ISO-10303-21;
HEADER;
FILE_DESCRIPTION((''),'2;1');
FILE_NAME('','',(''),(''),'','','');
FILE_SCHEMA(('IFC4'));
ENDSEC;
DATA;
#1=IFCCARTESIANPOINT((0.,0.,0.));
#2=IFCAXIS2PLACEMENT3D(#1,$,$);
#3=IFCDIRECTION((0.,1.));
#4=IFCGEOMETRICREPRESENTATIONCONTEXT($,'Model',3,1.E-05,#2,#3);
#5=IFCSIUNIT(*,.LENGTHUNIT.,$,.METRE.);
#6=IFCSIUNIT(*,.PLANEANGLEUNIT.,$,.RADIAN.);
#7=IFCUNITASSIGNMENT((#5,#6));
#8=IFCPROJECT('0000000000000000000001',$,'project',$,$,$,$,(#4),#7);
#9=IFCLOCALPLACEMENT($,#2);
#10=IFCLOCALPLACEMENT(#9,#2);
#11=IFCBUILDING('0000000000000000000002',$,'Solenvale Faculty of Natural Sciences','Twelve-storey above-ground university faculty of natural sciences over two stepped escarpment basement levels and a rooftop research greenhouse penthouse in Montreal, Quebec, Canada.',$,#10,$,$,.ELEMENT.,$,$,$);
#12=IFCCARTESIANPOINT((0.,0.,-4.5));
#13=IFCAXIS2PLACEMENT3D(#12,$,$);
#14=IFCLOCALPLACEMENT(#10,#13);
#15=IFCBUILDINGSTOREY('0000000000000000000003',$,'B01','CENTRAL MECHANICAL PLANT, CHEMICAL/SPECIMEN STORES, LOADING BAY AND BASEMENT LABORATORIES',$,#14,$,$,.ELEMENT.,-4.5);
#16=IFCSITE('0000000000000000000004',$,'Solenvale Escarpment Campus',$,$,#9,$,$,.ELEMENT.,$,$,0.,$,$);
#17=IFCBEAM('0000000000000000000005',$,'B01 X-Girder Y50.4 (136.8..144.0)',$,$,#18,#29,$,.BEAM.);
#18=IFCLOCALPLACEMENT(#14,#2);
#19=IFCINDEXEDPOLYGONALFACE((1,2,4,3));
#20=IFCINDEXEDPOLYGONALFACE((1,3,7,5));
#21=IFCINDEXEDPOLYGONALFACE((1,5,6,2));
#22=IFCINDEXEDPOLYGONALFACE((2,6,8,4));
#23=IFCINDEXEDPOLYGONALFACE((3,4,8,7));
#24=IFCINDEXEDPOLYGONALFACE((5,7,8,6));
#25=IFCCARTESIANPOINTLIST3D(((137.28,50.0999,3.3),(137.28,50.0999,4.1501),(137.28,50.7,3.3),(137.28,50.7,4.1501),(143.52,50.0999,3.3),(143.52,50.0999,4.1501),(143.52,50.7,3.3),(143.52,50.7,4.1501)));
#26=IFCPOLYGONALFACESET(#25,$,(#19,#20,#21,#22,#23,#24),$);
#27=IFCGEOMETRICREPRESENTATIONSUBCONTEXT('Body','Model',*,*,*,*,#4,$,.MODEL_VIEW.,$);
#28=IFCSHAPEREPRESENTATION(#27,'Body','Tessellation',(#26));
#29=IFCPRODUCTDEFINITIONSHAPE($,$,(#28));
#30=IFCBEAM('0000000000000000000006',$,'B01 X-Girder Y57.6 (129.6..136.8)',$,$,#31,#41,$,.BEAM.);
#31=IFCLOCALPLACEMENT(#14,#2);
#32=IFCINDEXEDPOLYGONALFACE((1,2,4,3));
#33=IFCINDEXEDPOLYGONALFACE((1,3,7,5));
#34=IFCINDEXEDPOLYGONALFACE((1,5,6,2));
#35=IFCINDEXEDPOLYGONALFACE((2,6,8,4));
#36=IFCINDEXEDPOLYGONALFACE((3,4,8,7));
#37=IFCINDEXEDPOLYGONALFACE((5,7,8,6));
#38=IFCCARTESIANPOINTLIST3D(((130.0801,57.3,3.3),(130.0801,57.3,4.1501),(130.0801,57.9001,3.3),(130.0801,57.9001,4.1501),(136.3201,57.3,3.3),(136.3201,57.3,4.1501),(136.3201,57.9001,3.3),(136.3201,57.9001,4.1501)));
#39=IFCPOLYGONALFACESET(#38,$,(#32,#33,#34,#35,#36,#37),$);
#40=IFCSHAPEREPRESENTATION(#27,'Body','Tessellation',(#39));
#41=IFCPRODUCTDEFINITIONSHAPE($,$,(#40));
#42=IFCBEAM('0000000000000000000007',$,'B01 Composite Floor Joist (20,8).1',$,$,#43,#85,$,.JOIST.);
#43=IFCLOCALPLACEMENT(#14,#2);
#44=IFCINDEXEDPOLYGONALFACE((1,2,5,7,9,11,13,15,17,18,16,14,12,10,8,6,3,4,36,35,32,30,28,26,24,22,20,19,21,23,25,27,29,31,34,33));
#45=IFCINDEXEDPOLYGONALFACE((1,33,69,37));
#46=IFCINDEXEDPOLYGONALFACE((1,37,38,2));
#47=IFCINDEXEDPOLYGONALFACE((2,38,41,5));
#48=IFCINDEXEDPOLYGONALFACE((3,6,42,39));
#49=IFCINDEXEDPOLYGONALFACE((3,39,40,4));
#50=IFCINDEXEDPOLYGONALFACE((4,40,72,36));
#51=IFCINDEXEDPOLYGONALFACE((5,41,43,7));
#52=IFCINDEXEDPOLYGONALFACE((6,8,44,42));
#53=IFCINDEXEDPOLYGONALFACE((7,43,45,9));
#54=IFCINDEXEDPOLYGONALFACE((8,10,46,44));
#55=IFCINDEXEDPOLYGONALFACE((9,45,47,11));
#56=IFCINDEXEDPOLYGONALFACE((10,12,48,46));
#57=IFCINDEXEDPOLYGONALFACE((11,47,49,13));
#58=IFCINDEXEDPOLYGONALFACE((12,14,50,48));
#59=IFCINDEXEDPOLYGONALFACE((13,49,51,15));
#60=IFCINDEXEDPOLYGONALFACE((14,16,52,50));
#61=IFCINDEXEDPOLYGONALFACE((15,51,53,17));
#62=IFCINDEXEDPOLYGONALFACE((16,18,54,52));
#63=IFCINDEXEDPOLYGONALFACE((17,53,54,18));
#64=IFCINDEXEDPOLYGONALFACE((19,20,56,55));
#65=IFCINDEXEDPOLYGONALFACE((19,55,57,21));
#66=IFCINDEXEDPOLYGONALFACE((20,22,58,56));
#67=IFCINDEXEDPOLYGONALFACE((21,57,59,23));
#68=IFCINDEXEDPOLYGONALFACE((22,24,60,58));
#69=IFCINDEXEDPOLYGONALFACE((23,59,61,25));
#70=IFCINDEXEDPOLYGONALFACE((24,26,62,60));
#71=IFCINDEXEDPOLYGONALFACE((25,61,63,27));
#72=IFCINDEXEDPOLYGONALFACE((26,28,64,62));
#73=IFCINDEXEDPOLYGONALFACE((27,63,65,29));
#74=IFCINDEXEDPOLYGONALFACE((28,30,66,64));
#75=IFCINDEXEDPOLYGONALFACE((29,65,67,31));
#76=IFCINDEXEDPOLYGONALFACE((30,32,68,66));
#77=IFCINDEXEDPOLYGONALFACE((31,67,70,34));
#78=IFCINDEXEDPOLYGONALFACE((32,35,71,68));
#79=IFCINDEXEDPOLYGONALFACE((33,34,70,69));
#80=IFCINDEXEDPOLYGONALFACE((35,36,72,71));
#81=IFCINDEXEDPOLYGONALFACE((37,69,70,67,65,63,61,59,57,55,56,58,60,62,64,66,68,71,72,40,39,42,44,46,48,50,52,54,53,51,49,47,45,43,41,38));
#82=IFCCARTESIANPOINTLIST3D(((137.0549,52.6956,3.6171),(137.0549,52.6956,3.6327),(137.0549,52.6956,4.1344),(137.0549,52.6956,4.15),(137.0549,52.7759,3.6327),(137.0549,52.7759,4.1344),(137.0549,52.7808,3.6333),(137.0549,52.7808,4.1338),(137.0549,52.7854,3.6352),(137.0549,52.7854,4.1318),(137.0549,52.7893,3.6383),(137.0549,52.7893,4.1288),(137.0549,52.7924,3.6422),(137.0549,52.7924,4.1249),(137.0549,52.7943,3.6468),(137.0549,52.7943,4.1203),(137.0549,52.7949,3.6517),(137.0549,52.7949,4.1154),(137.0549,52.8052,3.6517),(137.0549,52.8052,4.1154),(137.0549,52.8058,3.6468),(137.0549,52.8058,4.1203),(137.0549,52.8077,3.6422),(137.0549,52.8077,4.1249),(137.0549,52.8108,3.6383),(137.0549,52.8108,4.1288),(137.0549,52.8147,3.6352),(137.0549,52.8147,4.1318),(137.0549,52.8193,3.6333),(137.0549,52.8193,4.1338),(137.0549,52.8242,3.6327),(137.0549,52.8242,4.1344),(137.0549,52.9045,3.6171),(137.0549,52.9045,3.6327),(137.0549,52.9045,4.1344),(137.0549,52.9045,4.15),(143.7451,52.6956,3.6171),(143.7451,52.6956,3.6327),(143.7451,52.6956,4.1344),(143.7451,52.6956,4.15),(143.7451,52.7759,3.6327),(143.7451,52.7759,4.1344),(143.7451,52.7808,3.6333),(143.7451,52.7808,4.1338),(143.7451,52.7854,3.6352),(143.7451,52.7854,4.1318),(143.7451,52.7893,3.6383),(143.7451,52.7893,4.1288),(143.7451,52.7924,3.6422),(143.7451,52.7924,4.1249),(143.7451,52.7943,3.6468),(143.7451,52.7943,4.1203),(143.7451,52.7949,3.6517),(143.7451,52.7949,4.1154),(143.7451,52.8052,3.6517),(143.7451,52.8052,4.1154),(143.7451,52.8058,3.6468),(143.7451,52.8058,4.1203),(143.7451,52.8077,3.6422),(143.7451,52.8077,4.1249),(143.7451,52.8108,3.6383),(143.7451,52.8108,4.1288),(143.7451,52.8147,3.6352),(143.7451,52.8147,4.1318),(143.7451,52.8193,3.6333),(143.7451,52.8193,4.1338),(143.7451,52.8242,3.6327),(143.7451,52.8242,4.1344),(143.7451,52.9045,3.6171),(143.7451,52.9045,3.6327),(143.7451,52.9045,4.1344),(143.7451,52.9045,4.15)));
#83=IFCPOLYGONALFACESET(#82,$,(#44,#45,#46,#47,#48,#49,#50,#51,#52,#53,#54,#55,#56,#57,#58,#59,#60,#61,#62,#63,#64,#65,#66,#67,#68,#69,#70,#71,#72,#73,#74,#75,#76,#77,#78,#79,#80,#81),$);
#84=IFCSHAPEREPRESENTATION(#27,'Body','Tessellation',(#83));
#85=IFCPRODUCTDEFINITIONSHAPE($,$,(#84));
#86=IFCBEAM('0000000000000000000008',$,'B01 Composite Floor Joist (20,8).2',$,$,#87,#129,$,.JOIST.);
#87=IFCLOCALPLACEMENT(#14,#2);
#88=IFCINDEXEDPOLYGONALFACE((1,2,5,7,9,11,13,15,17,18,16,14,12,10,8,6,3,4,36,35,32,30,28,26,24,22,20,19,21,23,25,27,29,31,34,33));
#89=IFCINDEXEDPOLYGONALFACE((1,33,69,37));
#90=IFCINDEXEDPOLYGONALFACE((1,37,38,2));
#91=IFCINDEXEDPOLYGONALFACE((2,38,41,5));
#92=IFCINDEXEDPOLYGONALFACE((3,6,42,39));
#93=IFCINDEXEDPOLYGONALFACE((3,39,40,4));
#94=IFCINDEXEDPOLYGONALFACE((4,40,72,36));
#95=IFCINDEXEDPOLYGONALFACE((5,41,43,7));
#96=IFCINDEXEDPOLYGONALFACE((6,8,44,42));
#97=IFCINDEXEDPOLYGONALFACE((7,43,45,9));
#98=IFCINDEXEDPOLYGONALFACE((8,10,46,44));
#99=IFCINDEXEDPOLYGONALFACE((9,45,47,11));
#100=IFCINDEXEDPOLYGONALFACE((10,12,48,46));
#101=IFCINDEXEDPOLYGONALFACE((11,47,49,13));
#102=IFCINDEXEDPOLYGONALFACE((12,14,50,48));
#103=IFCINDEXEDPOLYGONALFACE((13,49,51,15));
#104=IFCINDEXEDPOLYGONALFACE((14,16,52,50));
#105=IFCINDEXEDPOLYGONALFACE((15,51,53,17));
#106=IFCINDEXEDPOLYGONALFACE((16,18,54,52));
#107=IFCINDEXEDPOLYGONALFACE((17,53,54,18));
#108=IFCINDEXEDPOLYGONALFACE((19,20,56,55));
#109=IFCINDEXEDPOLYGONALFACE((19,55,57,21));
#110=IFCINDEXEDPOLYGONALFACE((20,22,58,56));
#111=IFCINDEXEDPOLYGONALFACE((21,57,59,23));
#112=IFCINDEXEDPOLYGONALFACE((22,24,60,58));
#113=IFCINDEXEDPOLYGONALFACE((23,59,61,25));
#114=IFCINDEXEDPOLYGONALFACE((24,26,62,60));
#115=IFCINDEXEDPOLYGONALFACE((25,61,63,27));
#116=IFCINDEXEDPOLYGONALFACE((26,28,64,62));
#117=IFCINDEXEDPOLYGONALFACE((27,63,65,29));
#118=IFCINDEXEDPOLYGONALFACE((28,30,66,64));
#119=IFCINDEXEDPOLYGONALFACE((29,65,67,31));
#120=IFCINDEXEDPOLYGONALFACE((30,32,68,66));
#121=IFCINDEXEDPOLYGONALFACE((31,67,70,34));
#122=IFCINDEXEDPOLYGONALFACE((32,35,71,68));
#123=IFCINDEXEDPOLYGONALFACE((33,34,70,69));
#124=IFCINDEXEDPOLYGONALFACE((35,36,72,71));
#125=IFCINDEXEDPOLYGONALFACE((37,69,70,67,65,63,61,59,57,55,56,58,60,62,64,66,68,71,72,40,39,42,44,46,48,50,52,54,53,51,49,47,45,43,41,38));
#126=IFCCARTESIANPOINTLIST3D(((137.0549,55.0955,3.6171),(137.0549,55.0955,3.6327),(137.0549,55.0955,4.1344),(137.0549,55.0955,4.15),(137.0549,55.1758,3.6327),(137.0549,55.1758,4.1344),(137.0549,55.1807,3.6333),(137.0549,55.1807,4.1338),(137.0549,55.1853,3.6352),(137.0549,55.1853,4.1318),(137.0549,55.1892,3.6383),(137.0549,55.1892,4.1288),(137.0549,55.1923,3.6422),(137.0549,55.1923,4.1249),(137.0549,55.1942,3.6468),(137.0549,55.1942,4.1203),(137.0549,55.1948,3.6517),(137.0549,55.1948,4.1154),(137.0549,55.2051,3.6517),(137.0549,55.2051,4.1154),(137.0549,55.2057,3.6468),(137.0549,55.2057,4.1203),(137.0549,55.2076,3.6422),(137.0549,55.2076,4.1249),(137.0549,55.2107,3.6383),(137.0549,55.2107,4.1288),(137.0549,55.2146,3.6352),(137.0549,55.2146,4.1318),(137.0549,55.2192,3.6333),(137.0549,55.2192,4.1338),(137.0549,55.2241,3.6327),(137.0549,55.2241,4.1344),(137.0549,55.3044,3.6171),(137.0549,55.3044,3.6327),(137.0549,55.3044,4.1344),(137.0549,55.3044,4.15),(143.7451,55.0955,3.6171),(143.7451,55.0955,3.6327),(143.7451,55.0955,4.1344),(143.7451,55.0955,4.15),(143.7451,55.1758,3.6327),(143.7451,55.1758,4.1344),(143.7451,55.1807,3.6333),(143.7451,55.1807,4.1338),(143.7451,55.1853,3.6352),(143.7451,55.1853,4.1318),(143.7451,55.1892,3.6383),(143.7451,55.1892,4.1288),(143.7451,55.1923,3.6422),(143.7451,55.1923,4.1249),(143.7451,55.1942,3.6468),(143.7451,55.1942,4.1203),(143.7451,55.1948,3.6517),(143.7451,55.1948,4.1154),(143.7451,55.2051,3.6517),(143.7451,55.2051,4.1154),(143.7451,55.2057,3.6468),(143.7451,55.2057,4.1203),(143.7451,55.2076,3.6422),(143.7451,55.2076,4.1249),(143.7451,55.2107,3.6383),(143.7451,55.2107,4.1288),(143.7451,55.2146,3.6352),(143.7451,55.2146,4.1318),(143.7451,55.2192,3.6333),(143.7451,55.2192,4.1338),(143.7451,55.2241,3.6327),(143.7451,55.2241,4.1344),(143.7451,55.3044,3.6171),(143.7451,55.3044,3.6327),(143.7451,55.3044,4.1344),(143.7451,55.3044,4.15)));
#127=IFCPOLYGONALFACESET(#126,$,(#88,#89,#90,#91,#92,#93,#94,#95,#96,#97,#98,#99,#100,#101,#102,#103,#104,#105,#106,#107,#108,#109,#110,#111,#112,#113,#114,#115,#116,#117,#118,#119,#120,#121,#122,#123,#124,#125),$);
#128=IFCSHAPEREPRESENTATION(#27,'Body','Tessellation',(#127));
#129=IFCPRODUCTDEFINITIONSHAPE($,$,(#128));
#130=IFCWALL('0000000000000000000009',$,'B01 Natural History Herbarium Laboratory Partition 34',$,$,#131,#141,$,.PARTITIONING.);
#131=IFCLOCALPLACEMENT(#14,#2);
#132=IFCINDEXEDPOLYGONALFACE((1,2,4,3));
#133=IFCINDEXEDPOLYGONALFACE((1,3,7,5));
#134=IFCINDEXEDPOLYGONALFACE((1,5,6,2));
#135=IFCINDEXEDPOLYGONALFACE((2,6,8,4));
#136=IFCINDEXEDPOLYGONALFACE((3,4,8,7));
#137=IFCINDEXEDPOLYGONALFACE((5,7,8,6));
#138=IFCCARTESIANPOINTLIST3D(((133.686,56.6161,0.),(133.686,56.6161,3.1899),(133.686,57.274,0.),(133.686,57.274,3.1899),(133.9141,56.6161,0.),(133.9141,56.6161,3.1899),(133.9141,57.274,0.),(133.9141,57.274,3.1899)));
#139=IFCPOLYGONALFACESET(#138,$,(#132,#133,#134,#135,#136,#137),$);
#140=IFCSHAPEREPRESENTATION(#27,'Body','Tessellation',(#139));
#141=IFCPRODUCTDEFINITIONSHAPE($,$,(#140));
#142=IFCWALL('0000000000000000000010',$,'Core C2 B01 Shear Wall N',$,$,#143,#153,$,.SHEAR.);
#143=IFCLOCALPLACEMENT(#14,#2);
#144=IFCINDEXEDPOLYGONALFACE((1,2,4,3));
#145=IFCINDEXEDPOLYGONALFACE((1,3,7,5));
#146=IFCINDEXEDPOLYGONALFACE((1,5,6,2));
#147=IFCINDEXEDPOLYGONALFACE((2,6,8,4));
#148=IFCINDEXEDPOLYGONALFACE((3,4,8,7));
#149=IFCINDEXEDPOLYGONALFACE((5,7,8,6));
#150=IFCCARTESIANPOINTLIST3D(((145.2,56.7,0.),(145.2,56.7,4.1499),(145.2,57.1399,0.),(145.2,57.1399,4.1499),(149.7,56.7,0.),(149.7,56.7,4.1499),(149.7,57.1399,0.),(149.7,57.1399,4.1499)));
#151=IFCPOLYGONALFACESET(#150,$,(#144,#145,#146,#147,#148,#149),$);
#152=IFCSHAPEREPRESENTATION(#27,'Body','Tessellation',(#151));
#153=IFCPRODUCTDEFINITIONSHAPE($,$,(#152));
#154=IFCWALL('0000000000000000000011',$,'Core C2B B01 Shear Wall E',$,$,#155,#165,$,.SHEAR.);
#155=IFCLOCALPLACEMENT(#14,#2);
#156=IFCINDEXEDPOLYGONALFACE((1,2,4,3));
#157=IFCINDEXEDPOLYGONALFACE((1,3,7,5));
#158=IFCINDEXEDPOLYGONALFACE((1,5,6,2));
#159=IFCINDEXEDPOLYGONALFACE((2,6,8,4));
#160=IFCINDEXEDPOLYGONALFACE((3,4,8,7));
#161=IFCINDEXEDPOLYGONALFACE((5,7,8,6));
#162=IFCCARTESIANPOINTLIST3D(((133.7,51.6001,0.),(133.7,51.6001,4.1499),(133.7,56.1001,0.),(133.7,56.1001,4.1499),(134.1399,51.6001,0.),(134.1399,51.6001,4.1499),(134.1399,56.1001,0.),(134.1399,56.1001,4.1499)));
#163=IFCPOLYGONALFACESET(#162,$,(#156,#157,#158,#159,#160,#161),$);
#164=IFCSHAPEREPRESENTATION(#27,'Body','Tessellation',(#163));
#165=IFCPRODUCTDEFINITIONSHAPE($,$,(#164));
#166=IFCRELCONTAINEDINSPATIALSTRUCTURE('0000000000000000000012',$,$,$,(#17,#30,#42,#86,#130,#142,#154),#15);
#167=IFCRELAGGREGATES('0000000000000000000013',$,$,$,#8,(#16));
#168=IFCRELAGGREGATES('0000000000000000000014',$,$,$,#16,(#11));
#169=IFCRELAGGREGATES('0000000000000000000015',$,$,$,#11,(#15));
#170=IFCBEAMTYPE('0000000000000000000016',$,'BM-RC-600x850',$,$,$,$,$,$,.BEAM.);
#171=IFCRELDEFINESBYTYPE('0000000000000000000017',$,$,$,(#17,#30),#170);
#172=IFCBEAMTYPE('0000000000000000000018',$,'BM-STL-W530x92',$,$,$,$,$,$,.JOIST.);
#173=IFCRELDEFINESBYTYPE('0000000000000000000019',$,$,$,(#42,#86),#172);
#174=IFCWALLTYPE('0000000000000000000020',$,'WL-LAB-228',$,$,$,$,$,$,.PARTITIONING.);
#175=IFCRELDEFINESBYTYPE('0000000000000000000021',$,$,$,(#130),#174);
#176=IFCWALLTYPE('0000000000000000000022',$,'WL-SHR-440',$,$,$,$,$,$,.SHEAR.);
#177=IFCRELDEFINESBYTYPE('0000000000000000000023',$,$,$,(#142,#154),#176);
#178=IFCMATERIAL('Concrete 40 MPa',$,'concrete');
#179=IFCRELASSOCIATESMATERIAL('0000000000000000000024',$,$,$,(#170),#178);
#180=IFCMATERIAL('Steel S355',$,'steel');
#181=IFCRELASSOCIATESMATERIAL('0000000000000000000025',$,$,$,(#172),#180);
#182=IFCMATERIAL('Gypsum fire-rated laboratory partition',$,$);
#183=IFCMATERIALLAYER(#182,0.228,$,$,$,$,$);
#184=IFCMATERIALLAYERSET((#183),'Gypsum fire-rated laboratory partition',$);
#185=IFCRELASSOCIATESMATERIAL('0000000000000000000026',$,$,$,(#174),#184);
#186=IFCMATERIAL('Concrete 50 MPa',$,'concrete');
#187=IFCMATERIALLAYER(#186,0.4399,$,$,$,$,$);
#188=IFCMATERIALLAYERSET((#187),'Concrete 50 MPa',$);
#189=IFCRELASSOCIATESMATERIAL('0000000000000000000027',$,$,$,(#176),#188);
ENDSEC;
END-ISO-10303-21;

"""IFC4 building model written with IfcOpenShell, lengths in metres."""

from ifc_helpers import new_model, si_unit, direction, frame, frame_2d, origin, origin_2d, place, context, subcontext, project, spatial, rectangle, i_section, extrude, material, layer, layer_set, material_profile, profile_set, type_object, element, save


model = new_model("IFC4")

# Units and contexts
model_context = context("Model", 3, precision=1e-05, world=origin(), true_north=direction((0.0, 1.0)))
body_context = subcontext(model_context, "Body", "Model", "MODEL_VIEW")
ifc_project = project(units=[si_unit("LENGTHUNIT", "METRE"), si_unit("PLANEANGLEUNIT", "RADIAN")], contexts=[model_context])

# Site, building, storey
site_placement = place(None, origin())
site = spatial("IfcSite", under=ifc_project, at=site_placement, Name="Solenvale Escarpment Campus", CompositionType="ELEMENT", RefElevation=0.0)
building_placement = place(site_placement, origin())
building = spatial("IfcBuilding", under=site, at=building_placement, Name="Solenvale Faculty of Natural Sciences", Description="Twelve-storey above-ground university faculty of natural sciences over two stepped escarpment basement levels and a rooftop research greenhouse penthouse in Montreal, Quebec, Canada.", CompositionType="ELEMENT")
storey_placement = place(building_placement, frame((0.0, 0.0, -4.5)))
storey = spatial("IfcBuildingStorey", under=building, at=storey_placement, Name="B01", Description="CENTRAL MECHANICAL PLANT, CHEMICAL/SPECIMEN STORES, LOADING BAY AND BASEMENT LABORATORIES", CompositionType="ELEMENT", Elevation=-4.5)

# Shared definitions
ifc_material_1 = material(Name="Concrete 40 MPa", Category="concrete")

# Shared definitions
ifc_material_2 = material(Name="Concrete 50 MPa", Category="concrete")

# Beams
ifc_material_profile_1 = material_profile(ifc_material_1, rectangle(XDim=0.6001, YDim=0.8501, at=origin_2d()), Name="RC-BM-600x850")
ifc_profile_set_1 = profile_set([ifc_material_profile_1], Name="Concrete 40 MPa")
beam_type_1 = type_object("IfcBeamType", Name="BM-RC-600x850", PredefinedType="BEAM", material=ifc_profile_set_1)
for number, where, z_axis, x_axis, name in (
    (1, (137.28, 50.3999, 3.7251), (1.0, 0.0, 0.0), (0.0, 1.0, 0.0), "B01 X-Girder Y50.4 (136.8..144.0)"),
    (2, (130.0801, 57.6001, 3.7251), (1.0, 0.0, 0.0), (0.0, 1.0, 0.0), "B01 X-Girder Y57.6 (129.6..136.8)"),
):
    element("IfcBeam", number, at=place(storey_placement, frame(where, z_axis=z_axis, x_axis=x_axis)), inside=storey, type_object=beam_type_1, Name=name, PredefinedType="BEAM", context=body_context, shape_type="SweptSolid", body=[
        extrude(rectangle(XDim=0.6001, YDim=0.8501, at=origin_2d()), origin(), (0.0, 0.0, 1.0), 6.24),
    ])
ifc_material_3 = material(Name="Steel S355", Category="steel")
ifc_material_profile_2 = material_profile(ifc_material_3, i_section(OverallWidth=0.209, OverallDepth=0.533, WebThickness=0.0103, FlangeThickness=0.0156, FilletRadius=0.019, at=origin_2d()), Name="W530x92")
ifc_profile_set_2 = profile_set([ifc_material_profile_2], Name="Steel S355")
beam_type_2 = type_object("IfcBeamType", Name="BM-STL-W530x92", PredefinedType="JOIST", material=ifc_profile_set_2)
for number, where, z_axis, x_axis, name in (
    (3, (137.0549, 52.8, 3.8835), (1.0, 0.0, 0.0), (0.0, 1.0, 0.0), "B01 Composite Floor Joist (20,8).1"),
    (4, (137.0549, 55.2, 3.8835), (1.0, 0.0, 0.0), (0.0, 1.0, 0.0), "B01 Composite Floor Joist (20,8).2"),
):
    element("IfcBeam", number, at=place(storey_placement, frame(where, z_axis=z_axis, x_axis=x_axis)), inside=storey, type_object=beam_type_2, Name=name, PredefinedType="JOIST", context=body_context, shape_type="SweptSolid", body=[
        extrude(i_section(OverallWidth=0.209, OverallDepth=0.533, WebThickness=0.0103, FlangeThickness=0.0156, FilletRadius=0.019, at=origin_2d()), origin(), (0.0, 0.0, 1.0), 6.6902),
    ])

# Walls
ifc_material_4 = material(Name="Gypsum fire-rated laboratory partition")
ifc_layer_1 = layer(ifc_material_4, 0.228)
ifc_layer_set_1 = layer_set([ifc_layer_1], Name="Gypsum fire-rated laboratory partition")
wall_type_1 = type_object("IfcWallType", Name="WL-LAB-228", PredefinedType="PARTITIONING", material=ifc_layer_set_1)
wall_placement = place(storey_placement, frame((133.8, 56.616, 0.0), z_axis=(0.0, 0.0, 1.0), x_axis=(0.0, 1.0, 0.0)))
element("IfcWall", 5, at=wall_placement, inside=storey, type_object=wall_type_1, Name="B01 Natural History Herbarium Laboratory Partition 34", PredefinedType="PARTITIONING", context=body_context, shape_type="SweptSolid", body=[
    extrude(rectangle(XDim=0.658, YDim=0.228, at=frame_2d((0.3291, 0.0))), origin(), (0.0, 0.0, 1.0), 3.1899),
])
ifc_layer_2 = layer(ifc_material_2, 0.4399)
ifc_layer_set_2 = layer_set([ifc_layer_2], Name="Concrete 50 MPa")
wall_type_2 = type_object("IfcWallType", Name="WL-SHR-440", PredefinedType="SHEAR", material=ifc_layer_set_2)
for number, where, z_axis, x_axis, name in (
    (6, (145.2, 56.9199, 0.0), (0.0, 0.0, 1.0), (1.0, 0.0, 0.0), "Core C2 B01 Shear Wall N"),
    (7, (133.9199, 51.6001, 0.0), (0.0, 0.0, 1.0), (0.0, 1.0, 0.0), "Core C2B B01 Shear Wall E"),
):
    element("IfcWall", number, at=place(storey_placement, frame(where, z_axis=z_axis, x_axis=x_axis)), inside=storey, type_object=wall_type_2, Name=name, PredefinedType="SHEAR", context=body_context, shape_type="SweptSolid", body=[
        extrude(rectangle(XDim=4.5, YDim=0.4399, at=frame_2d((2.25, 0.0))), origin(), (0.0, 0.0, 1.0), 4.1499),
    ])

save(model, "model.ifc")
